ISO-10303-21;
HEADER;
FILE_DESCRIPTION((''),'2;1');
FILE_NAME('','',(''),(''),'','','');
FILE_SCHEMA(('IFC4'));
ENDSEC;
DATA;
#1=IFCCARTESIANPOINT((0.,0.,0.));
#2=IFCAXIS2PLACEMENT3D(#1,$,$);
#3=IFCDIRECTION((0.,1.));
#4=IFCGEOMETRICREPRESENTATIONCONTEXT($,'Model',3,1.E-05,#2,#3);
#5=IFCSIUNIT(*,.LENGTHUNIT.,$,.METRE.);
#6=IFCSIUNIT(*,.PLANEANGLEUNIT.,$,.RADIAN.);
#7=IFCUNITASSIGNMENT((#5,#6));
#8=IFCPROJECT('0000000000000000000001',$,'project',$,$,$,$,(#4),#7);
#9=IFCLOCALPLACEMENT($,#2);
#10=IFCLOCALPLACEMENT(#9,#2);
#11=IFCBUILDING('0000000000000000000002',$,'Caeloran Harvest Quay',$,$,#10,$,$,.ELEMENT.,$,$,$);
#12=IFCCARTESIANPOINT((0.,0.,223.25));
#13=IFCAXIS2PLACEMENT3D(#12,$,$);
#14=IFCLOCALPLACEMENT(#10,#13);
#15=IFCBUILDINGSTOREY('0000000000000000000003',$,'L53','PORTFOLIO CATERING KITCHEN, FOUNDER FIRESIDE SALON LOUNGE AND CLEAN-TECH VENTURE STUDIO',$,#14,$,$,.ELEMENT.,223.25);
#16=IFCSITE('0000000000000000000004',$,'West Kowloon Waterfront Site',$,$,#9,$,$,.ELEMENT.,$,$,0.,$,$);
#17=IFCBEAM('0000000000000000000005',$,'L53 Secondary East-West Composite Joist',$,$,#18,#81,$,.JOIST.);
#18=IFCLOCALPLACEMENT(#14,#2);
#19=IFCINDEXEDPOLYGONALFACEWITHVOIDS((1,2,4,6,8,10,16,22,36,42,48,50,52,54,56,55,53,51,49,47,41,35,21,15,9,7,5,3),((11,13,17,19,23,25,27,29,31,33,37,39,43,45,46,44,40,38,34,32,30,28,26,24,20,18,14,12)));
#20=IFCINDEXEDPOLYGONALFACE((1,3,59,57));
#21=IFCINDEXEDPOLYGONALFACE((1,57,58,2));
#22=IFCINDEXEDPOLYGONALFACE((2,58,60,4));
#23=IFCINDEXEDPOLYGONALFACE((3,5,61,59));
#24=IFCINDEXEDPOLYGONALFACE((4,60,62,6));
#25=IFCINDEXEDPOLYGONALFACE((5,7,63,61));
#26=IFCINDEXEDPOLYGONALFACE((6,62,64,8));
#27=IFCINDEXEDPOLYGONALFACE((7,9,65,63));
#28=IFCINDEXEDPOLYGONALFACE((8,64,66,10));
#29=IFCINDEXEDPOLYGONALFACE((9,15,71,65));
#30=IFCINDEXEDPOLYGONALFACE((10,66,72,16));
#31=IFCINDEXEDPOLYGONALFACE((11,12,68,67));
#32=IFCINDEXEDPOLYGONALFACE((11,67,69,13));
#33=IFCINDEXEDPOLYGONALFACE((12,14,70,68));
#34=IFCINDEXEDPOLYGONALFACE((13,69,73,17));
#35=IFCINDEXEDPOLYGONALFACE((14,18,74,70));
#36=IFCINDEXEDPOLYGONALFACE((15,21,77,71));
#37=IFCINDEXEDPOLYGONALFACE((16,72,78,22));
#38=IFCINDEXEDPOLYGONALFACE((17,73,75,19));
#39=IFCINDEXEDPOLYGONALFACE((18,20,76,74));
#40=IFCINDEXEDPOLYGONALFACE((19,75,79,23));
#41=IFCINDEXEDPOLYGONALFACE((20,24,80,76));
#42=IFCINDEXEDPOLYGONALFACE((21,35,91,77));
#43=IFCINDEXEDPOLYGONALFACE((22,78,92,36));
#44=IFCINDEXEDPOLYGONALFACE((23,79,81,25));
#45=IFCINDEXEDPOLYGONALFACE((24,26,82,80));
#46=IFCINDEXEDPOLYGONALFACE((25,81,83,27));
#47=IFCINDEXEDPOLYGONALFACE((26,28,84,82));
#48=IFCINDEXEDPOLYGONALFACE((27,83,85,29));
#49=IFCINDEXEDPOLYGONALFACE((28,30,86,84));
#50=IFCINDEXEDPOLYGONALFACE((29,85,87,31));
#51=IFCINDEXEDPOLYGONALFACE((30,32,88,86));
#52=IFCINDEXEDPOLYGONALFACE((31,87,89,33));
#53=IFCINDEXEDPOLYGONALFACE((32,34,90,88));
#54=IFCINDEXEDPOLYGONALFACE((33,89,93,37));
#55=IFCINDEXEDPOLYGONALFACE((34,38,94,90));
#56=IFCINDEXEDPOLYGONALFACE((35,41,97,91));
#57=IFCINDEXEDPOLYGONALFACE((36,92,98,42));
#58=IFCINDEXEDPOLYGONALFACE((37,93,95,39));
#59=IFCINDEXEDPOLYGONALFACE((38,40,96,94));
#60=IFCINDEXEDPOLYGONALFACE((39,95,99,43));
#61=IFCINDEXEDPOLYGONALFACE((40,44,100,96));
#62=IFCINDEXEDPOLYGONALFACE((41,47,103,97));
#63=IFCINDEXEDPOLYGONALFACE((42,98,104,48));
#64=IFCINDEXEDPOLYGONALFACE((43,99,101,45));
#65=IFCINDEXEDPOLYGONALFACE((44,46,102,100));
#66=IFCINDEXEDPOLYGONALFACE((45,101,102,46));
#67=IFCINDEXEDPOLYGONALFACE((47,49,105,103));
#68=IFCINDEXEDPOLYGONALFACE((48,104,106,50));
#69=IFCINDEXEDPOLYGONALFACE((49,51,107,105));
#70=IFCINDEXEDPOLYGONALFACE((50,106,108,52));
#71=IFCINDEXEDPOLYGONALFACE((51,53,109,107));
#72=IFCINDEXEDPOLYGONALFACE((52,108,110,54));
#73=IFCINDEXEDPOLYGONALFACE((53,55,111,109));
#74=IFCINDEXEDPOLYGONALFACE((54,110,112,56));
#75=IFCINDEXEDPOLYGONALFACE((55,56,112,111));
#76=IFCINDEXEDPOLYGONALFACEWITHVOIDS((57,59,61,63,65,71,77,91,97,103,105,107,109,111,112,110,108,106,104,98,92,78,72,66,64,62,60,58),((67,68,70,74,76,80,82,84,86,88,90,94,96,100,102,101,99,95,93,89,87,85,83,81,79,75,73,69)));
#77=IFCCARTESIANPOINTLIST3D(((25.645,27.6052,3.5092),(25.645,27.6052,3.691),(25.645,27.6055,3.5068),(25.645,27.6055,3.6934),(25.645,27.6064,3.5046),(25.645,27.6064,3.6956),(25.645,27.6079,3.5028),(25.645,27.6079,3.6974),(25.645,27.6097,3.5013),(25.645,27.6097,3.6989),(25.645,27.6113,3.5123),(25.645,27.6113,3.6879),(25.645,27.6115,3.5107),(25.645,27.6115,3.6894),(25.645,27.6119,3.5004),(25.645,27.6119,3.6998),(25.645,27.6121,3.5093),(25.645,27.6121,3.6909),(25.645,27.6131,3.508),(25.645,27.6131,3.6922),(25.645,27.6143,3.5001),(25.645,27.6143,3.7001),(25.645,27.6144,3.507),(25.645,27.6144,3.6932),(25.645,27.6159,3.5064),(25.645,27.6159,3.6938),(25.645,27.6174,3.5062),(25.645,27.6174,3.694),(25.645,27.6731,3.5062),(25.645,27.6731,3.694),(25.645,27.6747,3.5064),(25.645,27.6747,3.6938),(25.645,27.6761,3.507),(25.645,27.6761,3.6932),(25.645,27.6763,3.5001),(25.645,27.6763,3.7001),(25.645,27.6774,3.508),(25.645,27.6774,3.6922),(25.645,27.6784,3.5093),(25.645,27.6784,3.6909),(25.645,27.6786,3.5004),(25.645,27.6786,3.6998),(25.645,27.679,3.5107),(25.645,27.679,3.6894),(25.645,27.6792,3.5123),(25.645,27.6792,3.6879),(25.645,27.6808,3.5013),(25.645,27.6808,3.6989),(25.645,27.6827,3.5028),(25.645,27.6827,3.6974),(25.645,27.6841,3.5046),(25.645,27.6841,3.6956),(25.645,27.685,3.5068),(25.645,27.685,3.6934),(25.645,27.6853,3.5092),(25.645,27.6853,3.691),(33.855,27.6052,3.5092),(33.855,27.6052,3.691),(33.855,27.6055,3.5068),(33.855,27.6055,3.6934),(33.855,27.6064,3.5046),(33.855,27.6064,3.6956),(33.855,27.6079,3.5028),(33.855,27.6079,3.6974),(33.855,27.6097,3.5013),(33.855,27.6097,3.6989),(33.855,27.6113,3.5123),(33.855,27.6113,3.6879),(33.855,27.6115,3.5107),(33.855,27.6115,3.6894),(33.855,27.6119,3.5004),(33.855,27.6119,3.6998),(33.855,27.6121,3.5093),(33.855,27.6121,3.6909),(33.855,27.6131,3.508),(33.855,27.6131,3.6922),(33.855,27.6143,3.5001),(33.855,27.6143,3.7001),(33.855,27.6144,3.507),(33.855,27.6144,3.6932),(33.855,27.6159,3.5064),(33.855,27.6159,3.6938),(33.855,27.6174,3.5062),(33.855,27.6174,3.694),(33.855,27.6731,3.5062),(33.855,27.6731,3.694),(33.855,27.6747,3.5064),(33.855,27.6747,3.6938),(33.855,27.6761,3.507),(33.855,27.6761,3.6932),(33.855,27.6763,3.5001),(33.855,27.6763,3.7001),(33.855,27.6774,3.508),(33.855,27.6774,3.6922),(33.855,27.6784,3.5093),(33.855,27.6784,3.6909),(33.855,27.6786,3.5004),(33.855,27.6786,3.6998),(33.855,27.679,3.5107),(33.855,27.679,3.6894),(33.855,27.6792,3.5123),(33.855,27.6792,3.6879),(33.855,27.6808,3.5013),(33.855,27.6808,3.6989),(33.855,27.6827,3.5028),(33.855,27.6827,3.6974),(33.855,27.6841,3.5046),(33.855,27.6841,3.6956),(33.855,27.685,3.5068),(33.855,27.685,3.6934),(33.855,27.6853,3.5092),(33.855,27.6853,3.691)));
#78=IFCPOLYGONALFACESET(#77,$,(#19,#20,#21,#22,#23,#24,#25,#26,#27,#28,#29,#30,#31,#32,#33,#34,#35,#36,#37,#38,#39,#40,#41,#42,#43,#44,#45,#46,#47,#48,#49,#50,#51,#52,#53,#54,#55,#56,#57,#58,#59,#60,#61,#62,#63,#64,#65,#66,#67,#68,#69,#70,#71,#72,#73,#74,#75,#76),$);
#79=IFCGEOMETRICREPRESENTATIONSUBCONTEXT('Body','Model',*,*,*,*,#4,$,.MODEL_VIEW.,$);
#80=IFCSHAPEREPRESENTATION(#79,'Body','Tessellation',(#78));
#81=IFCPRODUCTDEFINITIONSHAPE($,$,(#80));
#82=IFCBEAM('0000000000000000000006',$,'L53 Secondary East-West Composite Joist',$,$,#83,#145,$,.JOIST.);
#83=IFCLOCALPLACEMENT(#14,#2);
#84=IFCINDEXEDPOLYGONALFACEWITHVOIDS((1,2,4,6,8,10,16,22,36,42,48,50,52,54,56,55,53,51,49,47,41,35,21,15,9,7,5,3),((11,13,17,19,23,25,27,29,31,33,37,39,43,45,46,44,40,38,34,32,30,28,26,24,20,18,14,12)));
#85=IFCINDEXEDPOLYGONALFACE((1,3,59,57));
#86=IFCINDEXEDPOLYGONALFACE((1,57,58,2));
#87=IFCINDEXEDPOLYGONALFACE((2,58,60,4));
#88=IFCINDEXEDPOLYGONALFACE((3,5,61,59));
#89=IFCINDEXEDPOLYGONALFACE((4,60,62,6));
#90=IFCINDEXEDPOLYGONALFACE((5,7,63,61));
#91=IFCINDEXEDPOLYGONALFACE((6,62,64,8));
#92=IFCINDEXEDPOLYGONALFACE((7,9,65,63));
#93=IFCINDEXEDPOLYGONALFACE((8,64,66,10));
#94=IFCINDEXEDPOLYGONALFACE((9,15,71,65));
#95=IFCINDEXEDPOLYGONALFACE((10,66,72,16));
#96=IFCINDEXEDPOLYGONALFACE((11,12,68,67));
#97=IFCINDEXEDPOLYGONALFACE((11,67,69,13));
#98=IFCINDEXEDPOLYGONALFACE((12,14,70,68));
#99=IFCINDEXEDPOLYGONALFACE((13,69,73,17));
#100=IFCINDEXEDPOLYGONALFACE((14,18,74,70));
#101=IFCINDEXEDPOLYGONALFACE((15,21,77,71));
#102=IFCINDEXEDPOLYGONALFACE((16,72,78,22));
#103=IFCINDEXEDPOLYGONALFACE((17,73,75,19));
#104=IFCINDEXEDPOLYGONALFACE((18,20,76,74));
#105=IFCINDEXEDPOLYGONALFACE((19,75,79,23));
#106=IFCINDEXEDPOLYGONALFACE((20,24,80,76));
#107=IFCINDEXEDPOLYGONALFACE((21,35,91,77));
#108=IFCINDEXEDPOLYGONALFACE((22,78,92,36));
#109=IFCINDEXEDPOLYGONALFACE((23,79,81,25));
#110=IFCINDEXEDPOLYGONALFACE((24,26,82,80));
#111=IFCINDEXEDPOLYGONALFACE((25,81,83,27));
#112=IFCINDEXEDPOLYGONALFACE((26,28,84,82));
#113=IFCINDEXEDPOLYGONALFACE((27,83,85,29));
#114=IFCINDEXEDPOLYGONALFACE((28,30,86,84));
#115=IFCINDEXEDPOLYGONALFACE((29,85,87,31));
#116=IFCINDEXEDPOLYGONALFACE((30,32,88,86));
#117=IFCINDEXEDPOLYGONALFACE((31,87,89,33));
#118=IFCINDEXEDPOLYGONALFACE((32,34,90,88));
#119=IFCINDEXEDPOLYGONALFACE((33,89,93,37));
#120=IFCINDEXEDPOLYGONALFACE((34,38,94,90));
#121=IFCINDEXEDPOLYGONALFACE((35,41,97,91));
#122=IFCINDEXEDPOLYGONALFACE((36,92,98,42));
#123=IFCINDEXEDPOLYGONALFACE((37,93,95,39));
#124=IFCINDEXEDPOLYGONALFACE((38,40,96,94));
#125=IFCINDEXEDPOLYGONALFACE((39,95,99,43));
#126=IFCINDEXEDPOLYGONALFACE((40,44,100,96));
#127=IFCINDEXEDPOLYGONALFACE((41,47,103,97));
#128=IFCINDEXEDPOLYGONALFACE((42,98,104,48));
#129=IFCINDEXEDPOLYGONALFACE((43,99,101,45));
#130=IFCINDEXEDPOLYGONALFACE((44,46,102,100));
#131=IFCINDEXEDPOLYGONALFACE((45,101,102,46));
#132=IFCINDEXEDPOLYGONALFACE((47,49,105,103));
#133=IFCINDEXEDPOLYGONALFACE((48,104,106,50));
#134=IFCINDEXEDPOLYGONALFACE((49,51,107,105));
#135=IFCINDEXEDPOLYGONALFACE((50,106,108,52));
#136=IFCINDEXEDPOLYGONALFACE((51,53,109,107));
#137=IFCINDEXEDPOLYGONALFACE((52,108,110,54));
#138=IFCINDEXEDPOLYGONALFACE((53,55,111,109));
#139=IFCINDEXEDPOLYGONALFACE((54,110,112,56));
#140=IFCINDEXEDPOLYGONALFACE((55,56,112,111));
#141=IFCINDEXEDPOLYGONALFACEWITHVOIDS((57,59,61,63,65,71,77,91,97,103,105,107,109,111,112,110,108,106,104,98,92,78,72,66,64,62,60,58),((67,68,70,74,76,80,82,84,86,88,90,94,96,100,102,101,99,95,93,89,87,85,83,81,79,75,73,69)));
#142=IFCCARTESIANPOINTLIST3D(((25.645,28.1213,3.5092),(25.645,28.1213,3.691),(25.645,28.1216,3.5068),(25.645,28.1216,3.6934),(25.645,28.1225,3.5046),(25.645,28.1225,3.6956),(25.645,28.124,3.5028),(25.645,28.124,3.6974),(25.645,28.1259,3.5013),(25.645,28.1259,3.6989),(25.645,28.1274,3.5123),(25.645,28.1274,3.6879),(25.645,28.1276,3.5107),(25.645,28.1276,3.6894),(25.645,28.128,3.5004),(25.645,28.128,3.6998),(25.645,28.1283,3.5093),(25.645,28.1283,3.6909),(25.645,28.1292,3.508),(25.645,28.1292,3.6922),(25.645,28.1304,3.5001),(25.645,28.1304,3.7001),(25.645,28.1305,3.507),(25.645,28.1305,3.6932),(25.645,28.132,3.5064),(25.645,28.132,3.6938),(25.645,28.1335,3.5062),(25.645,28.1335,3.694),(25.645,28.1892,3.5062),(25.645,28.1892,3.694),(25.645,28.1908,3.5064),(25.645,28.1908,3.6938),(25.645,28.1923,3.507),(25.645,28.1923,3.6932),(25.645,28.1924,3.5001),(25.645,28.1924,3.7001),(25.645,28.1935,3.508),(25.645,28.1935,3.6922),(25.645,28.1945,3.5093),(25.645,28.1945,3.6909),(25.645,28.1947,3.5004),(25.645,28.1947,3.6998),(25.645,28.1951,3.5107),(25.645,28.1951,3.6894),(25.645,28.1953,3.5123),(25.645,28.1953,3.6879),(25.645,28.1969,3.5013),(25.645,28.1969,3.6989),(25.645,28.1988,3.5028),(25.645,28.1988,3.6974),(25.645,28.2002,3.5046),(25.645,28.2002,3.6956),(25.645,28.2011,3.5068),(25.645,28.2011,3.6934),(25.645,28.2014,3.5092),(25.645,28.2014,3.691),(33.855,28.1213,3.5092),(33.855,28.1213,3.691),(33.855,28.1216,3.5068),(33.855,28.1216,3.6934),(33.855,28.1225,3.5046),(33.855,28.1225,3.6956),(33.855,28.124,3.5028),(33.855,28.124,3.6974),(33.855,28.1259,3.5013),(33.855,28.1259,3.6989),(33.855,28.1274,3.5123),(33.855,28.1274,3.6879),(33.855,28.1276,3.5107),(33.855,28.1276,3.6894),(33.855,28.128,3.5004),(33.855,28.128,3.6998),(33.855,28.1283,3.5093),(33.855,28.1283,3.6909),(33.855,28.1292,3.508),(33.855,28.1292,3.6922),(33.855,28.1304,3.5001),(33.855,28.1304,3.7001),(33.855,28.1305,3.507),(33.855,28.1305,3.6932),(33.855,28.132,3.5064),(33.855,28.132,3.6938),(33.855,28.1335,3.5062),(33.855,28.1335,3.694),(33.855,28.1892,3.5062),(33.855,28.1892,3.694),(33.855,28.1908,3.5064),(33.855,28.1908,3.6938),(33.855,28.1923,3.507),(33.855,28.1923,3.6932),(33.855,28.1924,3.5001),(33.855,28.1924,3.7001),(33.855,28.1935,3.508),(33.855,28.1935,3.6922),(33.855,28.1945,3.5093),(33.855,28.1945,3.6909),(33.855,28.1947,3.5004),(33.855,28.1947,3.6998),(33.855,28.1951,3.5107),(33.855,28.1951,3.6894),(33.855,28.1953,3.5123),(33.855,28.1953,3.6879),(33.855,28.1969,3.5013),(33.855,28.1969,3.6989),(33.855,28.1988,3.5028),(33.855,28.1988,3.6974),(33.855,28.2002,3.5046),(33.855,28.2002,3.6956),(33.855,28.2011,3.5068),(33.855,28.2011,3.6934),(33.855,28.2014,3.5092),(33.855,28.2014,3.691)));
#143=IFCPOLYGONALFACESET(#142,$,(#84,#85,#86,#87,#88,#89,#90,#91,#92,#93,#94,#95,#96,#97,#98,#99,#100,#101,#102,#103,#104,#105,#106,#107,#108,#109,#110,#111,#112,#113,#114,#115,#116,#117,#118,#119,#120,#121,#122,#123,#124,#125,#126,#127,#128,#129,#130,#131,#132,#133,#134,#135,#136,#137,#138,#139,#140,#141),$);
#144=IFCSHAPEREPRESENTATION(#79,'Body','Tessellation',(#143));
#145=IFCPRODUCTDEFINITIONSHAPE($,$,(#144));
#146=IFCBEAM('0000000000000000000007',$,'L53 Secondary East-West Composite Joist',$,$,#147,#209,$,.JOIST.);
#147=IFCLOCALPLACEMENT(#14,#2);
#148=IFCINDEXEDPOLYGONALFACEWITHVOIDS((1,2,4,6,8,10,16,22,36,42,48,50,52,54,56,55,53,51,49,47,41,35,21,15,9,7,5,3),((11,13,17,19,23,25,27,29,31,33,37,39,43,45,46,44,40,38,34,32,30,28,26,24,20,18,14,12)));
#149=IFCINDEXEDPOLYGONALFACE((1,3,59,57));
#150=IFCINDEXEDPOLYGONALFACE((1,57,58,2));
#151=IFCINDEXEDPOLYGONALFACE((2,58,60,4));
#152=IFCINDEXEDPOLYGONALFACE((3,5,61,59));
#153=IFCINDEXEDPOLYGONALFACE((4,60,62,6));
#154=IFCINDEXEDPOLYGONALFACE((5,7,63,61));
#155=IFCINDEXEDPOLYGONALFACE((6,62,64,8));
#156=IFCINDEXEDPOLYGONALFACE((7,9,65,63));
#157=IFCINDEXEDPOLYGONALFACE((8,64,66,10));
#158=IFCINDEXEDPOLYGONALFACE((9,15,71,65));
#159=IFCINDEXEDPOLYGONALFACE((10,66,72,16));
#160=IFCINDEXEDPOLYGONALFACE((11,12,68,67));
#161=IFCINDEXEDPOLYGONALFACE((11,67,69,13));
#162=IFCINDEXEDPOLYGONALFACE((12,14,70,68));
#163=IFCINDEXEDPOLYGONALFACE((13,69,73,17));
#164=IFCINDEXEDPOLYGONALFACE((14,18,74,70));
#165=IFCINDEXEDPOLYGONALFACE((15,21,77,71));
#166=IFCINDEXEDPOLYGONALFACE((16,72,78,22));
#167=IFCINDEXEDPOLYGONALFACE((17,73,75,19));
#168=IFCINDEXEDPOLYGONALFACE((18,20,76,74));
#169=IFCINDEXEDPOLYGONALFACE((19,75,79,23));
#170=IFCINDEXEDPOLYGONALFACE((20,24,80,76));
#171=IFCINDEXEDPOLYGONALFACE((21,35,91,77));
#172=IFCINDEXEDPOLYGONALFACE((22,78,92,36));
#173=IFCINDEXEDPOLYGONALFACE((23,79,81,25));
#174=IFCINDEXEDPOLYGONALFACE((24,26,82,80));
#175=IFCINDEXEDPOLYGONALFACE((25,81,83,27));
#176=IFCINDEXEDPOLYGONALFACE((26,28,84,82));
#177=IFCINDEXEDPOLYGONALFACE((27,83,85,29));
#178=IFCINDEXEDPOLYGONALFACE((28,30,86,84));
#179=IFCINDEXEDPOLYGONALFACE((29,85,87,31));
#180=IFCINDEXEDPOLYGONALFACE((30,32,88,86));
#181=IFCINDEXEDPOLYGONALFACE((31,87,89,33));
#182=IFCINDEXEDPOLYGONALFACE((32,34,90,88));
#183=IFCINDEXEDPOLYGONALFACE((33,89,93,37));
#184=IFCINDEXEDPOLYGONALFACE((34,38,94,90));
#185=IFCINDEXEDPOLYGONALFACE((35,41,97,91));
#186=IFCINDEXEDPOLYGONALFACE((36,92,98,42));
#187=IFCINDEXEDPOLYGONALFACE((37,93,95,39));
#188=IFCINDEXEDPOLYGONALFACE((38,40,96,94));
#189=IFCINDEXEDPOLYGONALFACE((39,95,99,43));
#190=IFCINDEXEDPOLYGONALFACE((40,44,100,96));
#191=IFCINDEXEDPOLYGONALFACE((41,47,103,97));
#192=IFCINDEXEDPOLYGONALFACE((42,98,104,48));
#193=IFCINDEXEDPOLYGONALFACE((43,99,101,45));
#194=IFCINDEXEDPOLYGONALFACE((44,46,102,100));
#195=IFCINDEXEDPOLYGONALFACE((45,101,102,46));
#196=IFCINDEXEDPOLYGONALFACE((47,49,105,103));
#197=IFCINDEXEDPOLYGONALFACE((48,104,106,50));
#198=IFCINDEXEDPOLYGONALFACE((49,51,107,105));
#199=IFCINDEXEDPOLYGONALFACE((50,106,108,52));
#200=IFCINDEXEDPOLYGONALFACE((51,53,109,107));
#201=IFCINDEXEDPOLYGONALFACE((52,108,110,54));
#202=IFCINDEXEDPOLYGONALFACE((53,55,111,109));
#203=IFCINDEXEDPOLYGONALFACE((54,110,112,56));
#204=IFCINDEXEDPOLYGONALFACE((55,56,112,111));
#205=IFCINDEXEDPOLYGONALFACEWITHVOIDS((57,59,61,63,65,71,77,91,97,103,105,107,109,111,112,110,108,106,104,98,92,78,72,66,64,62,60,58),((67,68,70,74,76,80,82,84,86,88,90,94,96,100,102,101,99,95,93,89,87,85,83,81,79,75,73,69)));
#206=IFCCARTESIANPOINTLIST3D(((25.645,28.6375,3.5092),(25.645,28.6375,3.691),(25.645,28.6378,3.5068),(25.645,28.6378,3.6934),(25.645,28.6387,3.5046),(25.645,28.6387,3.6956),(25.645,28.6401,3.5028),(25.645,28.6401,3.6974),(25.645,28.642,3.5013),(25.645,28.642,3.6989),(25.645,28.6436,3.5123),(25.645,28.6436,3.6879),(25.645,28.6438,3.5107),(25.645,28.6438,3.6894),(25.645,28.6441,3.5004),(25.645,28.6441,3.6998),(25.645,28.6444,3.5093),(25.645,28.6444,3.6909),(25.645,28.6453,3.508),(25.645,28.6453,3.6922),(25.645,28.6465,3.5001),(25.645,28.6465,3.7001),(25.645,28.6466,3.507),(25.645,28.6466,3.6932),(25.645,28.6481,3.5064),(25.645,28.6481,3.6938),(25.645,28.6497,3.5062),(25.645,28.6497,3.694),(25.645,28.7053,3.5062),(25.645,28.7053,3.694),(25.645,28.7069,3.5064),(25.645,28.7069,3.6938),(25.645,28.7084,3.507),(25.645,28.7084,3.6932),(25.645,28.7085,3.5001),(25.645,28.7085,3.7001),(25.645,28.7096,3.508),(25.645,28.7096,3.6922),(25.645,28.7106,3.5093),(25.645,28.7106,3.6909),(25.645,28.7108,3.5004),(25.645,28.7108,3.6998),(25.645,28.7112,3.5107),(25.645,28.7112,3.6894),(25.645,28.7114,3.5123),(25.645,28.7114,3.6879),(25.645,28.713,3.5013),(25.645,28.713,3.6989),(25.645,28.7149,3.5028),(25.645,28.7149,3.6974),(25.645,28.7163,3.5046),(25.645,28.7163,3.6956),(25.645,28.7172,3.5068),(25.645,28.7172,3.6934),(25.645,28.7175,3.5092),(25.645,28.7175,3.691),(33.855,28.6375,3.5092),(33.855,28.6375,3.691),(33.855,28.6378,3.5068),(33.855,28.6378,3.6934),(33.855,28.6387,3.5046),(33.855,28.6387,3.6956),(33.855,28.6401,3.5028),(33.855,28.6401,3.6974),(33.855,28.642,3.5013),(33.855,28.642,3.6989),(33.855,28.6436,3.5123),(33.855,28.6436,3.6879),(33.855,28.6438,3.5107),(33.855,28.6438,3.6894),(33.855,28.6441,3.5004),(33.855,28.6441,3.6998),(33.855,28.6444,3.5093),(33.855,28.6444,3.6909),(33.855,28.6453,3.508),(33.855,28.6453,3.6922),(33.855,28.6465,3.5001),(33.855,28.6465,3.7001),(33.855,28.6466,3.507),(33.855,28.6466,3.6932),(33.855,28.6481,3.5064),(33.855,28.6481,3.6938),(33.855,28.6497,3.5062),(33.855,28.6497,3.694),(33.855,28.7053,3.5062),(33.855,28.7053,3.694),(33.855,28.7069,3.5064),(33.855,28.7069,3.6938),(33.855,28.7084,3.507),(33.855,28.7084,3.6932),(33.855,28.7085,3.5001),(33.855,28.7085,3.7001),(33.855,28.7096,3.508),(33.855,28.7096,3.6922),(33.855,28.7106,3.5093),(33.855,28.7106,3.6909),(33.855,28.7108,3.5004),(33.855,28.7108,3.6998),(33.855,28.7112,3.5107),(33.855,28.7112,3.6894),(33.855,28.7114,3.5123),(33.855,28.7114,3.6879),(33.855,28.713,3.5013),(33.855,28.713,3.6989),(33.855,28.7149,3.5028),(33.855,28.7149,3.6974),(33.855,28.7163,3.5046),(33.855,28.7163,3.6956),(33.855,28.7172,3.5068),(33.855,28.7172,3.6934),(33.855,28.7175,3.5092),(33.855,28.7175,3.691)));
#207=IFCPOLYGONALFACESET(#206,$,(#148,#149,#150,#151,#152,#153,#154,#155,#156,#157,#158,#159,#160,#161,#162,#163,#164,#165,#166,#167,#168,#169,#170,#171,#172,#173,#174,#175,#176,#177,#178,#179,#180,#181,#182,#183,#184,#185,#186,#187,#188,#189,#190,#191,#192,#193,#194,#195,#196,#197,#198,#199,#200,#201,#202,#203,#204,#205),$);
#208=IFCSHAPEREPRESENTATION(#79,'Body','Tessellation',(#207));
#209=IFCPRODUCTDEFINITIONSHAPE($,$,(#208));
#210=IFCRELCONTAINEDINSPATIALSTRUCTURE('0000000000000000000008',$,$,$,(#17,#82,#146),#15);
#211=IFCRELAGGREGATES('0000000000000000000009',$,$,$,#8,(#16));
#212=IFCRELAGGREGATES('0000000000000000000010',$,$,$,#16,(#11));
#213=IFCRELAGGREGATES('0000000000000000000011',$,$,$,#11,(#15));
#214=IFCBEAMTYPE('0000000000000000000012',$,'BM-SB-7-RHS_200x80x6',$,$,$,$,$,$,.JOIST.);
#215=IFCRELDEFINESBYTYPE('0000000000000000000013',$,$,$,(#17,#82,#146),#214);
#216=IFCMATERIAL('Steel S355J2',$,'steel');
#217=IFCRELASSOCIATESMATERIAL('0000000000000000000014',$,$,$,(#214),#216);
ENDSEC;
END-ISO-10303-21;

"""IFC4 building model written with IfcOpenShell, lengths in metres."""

from ifc_helpers import new_model, si_unit, direction, frame, origin, origin_2d, place, context, subcontext, project, spatial, hollow_rectangle, extrude, material, material_profile, profile_set, type_object, element, save


model = new_model("IFC4")

# Units and contexts
model_context = context("Model", 3, precision=1e-05, world=origin(), true_north=direction((0.0, 1.0)))
body_context = subcontext(model_context, "Body", "Model", "MODEL_VIEW")
ifc_project = project(units=[si_unit("LENGTHUNIT", "METRE"), si_unit("PLANEANGLEUNIT", "RADIAN")], contexts=[model_context])

# Site, building, storey
site_placement = place(None, origin())
site = spatial("IfcSite", under=ifc_project, at=site_placement, Name="West Kowloon Waterfront Site", CompositionType="ELEMENT", RefElevation=0.0)
building_placement = place(site_placement, origin())
building = spatial("IfcBuilding", under=site, at=building_placement, Name="Caeloran Harvest Quay", CompositionType="ELEMENT")
storey_placement = place(building_placement, frame((0.0, 0.0, 223.25)))
storey = spatial("IfcBuildingStorey", under=building, at=storey_placement, Name="L53", Description="PORTFOLIO CATERING KITCHEN, FOUNDER FIRESIDE SALON LOUNGE AND CLEAN-TECH VENTURE STUDIO", CompositionType="ELEMENT", Elevation=223.25)

# Beams
ifc_material_1 = material(Name="Steel S355J2", Category="steel")
ifc_material_profile_1 = material_profile(ifc_material_1, hollow_rectangle(XDim=0.0801, YDim=0.2, WallThickness=0.0061, InnerFilletRadius=0.0061, OuterFilletRadius=0.009, at=origin_2d()), Name="RHS 200x80x6")
ifc_profile_set_1 = profile_set([ifc_material_profile_1], Name="Steel S355J2")
beam_type_1 = type_object("IfcBeamType", Name="BM-SB-7-RHS_200x80x6", PredefinedType="JOIST", material=ifc_profile_set_1)
for number, where, z_axis, x_axis, name in (
    (1, (25.645, 27.6453, 3.6001), (1.0, 0.0, 0.0), (0.0, 1.0, 0.0), "L53 Secondary East-West Composite Joist"),
    (2, (25.645, 28.1614, 3.6001), (1.0, 0.0, 0.0), (0.0, 1.0, 0.0), "L53 Secondary East-West Composite Joist"),
    (3, (25.645, 28.6775, 3.6001), (1.0, 0.0, 0.0), (0.0, 1.0, 0.0), "L53 Secondary East-West Composite Joist"),
):
    element("IfcBeam", number, at=place(storey_placement, frame(where, z_axis=z_axis, x_axis=x_axis)), inside=storey, type_object=beam_type_1, Name=name, PredefinedType="JOIST", context=body_context, shape_type="SweptSolid", body=[
        extrude(hollow_rectangle(XDim=0.0801, YDim=0.2, WallThickness=0.0061, InnerFilletRadius=0.0061, OuterFilletRadius=0.009, at=origin_2d()), origin(), (0.0, 0.0, 1.0), 8.21),
    ])

save(model, "model.ifc")
